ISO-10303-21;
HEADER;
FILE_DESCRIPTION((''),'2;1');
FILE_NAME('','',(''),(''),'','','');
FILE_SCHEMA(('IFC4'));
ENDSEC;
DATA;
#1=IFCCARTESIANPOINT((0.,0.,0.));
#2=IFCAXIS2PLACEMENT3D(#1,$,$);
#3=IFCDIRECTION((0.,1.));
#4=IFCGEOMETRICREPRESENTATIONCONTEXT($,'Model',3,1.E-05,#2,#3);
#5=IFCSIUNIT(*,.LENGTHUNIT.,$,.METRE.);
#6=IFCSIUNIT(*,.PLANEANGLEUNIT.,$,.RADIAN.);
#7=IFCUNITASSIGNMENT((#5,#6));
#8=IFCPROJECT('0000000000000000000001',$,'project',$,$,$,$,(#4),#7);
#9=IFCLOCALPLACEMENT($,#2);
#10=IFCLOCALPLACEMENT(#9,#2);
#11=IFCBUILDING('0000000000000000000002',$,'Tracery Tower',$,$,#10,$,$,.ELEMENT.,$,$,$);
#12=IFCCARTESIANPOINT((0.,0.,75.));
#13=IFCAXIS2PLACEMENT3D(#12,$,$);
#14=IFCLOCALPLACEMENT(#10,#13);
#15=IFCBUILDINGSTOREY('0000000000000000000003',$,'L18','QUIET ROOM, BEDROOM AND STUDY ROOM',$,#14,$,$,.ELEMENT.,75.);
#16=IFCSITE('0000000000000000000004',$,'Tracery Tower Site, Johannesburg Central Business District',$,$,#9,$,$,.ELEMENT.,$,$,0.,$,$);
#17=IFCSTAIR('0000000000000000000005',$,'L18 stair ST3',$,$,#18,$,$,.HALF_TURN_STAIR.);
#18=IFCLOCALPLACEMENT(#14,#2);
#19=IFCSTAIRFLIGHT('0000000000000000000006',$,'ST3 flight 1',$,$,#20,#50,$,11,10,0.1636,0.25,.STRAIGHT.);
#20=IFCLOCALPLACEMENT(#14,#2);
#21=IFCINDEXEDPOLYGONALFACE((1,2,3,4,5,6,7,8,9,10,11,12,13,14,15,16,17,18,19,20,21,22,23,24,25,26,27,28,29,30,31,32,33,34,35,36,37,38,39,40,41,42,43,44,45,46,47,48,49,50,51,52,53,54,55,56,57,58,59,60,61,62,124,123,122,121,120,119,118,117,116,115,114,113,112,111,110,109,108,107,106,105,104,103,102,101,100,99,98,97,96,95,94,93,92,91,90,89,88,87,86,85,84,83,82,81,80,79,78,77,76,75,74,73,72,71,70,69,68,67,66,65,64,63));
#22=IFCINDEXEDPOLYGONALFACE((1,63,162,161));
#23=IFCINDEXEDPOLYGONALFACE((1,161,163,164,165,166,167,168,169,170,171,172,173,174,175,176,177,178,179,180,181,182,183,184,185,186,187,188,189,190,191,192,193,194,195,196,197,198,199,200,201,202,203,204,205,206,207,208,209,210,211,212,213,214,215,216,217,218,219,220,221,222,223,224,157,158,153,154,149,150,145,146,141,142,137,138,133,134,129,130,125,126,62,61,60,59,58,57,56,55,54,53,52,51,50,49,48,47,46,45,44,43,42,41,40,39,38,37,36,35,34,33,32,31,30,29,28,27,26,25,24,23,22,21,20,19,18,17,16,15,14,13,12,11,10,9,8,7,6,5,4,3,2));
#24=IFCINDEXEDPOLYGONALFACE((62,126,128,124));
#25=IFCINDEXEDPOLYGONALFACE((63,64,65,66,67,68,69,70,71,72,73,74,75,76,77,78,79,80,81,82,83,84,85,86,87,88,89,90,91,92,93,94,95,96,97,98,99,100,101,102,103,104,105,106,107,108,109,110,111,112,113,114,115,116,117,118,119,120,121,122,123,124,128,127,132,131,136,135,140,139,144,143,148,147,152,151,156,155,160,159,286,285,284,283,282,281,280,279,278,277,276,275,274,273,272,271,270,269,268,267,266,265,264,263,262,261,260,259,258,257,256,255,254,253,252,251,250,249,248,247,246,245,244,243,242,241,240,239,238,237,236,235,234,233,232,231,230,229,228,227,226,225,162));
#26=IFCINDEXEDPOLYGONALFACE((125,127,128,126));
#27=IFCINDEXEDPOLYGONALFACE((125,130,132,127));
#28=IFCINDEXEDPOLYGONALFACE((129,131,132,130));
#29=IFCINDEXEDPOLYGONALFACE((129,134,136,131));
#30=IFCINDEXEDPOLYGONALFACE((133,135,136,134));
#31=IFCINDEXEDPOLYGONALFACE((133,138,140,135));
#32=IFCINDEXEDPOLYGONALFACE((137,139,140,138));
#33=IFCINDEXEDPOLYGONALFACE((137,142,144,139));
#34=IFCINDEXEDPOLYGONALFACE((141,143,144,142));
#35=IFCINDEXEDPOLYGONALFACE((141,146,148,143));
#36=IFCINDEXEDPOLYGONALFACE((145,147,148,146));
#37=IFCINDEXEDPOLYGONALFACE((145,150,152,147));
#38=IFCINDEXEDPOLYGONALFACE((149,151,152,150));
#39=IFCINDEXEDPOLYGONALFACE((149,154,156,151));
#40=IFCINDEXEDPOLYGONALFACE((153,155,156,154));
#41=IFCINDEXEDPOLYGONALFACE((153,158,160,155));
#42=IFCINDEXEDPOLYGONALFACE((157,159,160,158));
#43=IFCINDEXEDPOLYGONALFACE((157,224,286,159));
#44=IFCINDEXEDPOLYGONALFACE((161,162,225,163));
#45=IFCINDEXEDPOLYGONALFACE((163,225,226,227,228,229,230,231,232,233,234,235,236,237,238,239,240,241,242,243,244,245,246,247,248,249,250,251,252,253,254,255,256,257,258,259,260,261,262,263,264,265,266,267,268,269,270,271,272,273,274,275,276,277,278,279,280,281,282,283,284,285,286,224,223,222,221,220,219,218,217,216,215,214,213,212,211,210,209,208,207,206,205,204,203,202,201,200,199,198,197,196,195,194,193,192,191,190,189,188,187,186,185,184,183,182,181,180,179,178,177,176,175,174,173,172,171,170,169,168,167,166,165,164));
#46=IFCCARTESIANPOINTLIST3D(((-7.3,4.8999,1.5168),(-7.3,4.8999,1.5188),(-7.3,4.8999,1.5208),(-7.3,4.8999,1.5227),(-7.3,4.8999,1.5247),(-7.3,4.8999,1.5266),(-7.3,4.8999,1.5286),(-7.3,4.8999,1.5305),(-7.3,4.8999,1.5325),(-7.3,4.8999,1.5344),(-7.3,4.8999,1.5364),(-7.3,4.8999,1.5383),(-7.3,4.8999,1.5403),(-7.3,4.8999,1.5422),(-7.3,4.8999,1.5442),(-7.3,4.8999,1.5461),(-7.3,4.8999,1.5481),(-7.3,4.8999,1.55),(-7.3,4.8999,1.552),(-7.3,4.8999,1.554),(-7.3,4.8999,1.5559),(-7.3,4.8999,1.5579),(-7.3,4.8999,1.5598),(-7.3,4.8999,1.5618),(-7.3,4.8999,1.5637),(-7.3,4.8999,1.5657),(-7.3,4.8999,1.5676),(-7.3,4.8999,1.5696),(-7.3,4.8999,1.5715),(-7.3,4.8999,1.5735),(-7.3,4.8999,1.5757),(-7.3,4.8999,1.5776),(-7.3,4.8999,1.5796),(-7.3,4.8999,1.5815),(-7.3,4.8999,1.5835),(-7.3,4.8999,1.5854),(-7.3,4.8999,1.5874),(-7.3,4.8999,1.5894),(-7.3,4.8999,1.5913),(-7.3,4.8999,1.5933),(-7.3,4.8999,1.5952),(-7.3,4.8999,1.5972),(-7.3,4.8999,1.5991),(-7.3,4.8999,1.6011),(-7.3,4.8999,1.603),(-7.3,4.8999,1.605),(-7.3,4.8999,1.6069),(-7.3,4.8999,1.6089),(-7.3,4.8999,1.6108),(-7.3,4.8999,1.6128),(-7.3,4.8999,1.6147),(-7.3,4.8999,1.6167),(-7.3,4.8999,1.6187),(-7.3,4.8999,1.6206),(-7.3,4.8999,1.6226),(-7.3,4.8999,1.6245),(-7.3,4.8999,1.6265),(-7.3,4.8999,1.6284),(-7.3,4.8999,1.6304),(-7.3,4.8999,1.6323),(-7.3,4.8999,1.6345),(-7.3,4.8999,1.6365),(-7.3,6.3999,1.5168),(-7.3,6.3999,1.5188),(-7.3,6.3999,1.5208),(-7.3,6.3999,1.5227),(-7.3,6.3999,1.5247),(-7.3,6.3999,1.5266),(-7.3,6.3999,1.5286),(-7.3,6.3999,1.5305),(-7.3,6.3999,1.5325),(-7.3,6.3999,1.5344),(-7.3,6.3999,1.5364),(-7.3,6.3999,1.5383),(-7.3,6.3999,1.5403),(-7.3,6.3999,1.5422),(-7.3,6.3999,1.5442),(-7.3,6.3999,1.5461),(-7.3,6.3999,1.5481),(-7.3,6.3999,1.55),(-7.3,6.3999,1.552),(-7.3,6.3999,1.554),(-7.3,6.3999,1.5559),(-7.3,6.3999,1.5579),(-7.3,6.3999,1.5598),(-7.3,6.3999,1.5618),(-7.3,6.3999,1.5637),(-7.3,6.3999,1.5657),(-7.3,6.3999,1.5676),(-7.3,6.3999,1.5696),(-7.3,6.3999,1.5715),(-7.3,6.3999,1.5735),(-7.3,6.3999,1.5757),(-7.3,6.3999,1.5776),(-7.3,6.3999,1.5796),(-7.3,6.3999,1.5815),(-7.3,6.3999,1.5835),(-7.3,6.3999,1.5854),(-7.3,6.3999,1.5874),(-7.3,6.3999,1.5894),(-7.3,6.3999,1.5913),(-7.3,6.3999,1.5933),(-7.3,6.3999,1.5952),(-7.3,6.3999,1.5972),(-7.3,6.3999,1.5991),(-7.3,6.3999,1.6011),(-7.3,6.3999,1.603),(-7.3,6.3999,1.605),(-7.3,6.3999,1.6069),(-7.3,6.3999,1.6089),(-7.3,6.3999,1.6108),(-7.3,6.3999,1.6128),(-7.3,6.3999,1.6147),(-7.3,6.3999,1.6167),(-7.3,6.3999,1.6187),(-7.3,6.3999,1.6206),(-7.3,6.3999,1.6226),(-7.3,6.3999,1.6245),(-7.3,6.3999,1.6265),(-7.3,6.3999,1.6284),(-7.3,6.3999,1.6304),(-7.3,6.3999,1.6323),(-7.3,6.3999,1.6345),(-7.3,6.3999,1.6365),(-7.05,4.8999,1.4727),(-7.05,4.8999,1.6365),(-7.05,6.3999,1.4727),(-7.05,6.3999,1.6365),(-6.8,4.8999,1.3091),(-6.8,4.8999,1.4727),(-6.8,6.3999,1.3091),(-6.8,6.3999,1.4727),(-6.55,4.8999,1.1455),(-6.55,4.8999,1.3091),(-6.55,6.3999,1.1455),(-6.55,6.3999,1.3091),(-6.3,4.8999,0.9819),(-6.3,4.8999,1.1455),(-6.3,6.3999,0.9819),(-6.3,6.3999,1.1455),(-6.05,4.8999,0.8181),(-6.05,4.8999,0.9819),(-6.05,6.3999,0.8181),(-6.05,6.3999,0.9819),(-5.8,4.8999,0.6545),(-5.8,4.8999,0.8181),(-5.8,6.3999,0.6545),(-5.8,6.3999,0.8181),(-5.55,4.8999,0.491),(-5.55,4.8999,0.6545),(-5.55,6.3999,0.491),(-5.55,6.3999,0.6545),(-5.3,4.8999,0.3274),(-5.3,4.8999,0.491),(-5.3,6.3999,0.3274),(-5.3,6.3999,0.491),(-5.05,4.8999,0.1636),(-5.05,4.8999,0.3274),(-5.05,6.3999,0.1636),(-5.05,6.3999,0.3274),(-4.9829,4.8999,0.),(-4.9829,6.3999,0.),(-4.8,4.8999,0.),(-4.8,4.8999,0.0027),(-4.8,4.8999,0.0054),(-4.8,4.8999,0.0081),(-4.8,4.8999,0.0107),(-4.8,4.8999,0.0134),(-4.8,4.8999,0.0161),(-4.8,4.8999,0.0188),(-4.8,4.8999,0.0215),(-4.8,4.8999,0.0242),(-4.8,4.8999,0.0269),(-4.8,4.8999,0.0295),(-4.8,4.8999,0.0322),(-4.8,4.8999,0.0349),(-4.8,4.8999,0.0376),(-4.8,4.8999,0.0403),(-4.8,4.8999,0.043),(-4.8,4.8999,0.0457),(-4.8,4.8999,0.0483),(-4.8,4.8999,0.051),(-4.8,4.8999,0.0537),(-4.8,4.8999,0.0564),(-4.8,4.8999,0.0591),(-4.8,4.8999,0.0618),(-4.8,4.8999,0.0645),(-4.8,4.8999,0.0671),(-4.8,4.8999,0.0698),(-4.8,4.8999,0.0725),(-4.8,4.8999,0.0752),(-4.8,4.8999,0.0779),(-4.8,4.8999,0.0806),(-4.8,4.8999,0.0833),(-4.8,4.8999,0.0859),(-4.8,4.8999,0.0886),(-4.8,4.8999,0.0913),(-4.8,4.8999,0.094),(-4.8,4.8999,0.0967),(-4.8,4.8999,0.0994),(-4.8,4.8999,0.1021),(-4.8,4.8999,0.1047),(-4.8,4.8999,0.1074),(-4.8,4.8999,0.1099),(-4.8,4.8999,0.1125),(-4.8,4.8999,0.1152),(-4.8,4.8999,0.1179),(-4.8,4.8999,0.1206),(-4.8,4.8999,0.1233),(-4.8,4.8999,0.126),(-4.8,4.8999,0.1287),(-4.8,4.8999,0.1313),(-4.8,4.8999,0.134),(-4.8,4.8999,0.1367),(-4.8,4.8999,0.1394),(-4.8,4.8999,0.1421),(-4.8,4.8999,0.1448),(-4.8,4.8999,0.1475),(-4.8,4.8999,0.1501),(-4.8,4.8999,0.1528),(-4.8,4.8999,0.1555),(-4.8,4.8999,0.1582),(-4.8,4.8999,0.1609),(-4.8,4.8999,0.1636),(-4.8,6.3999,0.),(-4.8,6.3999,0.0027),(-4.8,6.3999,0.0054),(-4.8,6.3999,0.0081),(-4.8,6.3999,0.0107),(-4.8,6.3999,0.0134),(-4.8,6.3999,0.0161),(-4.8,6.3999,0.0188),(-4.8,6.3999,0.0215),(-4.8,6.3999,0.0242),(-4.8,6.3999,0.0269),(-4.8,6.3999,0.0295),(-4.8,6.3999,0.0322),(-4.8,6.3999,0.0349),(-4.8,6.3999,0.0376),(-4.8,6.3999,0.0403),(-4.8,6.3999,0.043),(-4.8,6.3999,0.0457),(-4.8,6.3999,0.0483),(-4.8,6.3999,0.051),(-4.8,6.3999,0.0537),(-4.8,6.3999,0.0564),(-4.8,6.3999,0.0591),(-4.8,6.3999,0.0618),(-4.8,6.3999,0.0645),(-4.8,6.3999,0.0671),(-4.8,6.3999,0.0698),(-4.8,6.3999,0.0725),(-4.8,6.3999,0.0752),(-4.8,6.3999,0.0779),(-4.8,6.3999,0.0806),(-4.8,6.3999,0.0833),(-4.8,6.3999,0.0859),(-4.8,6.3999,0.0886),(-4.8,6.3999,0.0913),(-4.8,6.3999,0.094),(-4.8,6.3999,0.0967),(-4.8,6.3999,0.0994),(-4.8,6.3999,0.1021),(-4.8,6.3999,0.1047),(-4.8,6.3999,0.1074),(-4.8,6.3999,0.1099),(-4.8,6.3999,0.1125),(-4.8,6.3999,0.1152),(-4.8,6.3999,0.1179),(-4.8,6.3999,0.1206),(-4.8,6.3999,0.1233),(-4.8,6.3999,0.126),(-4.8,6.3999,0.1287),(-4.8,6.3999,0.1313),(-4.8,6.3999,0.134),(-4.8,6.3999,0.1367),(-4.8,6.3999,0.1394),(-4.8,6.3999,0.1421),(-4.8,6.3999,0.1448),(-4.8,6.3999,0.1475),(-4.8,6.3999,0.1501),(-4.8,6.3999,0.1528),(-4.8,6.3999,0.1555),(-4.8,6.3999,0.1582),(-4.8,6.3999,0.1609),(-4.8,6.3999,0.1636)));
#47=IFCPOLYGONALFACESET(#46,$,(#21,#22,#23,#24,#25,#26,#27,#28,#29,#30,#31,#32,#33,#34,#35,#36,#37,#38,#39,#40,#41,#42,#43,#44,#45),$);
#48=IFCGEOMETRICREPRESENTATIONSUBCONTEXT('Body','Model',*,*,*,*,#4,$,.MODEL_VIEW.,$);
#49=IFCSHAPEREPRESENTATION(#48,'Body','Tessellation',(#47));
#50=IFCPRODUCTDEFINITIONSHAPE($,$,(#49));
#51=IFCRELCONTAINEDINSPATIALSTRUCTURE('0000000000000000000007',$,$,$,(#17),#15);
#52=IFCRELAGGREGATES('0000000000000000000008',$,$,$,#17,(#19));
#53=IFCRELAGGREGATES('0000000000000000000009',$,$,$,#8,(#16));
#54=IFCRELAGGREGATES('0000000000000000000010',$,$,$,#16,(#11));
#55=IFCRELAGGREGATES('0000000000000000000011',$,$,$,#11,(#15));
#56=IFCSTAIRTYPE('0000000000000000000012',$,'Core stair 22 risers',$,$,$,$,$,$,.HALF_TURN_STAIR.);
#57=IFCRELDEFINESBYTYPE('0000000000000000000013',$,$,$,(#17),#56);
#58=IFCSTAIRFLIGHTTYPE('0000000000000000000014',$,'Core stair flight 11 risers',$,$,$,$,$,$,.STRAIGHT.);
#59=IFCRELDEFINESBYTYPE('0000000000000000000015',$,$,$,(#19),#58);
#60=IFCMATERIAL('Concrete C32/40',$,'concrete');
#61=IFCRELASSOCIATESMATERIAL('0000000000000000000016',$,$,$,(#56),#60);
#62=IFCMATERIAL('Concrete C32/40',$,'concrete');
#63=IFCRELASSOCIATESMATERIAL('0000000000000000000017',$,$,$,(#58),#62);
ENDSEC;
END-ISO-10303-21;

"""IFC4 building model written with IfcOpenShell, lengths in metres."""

from ifc_helpers import new_model, si_unit, direction, frame, origin, place, context, subcontext, project, spatial, polyline, outline, extrude, material, type_object, element, aggregate, save


model = new_model("IFC4")

# Units and contexts
model_context = context("Model", 3, precision=1e-05, world=origin(), true_north=direction((0.0, 1.0)))
body_context = subcontext(model_context, "Body", "Model", "MODEL_VIEW")
ifc_project = project(units=[si_unit("LENGTHUNIT", "METRE"), si_unit("PLANEANGLEUNIT", "RADIAN")], contexts=[model_context])

# Site, building, storey
site_placement = place(None, origin())
site = spatial("IfcSite", under=ifc_project, at=site_placement, Name="Tracery Tower Site, Johannesburg Central Business District", CompositionType="ELEMENT", RefElevation=0.0)
building_placement = place(site_placement, origin())
building = spatial("IfcBuilding", under=site, at=building_placement, Name="Tracery Tower", CompositionType="ELEMENT")
storey_placement = place(building_placement, frame((0.0, 0.0, 75.0)))
storey = spatial("IfcBuildingStorey", under=building, at=storey_placement, Name="L18", Description="QUIET ROOM, BEDROOM AND STUDY ROOM", CompositionType="ELEMENT", Elevation=75.0)

# Stair
ifc_material_1 = material(Name="Concrete C32/40", Category="concrete")
stair_type = type_object("IfcStairType", Name="Core stair 22 risers", PredefinedType="HALF_TURN_STAIR", material=ifc_material_1)
stair_1_placement = place(storey_placement, origin())
stair_1 = element("IfcStair", 1, at=stair_1_placement, inside=storey, type_object=stair_type, Name="L18 stair ST3", PredefinedType="HALF_TURN_STAIR")

# Stair flight
ifc_material_2 = material(Name="Concrete C32/40", Category="concrete")
stair_flight_type = type_object("IfcStairFlightType", Name="Core stair flight 11 risers", PredefinedType="STRAIGHT", material=ifc_material_2)
stair_flight_1_placement = place(storey_placement, frame((-4.8, 5.6499, 0.0), z_axis=(0.0, 0.0, 1.0), x_axis=(-1.0, 0.0, 0.0)))
stair_flight_1 = element("IfcStairFlight", 2, at=stair_flight_1_placement, type_object=stair_flight_type, Name="ST3 flight 1", NumberOfRisers=11, NumberOfTreads=10, PredefinedType="STRAIGHT", RiserHeight=0.1636, TreadLength=0.25, context=body_context, shape_type="SweptSolid", body=[
    extrude(outline(polyline([(0.0, 0.0), (0.0, 0.0027), (0.0, 0.0054), (0.0, 0.0081), (0.0, 0.0107), (0.0, 0.0134), (0.0, 0.0161), (0.0, 0.0188), (0.0, 0.0215), (0.0, 0.0242), (0.0, 0.0269), (0.0, 0.0295), (0.0, 0.0322), (0.0, 0.0349), (0.0, 0.0376), (0.0, 0.0403), (0.0, 0.043), (0.0, 0.0457), (0.0, 0.0483), (0.0, 0.051), (0.0, 0.0537), (0.0, 0.0564), (0.0, 0.0591), (0.0, 0.0618), (0.0, 0.0645), (0.0, 0.0671), (0.0, 0.0698), (0.0, 0.0725), (0.0, 0.0752), (0.0, 0.0779), (0.0, 0.0806), (0.0, 0.0833), (0.0, 0.0859), (0.0, 0.0886), (0.0, 0.0913), (0.0, 0.094), (0.0, 0.0967), (0.0, 0.0994), (0.0, 0.1021), (0.0, 0.1047), (0.0, 0.1074), (0.0, 0.1099), (0.0, 0.1125), (0.0, 0.1152), (0.0, 0.1179), (0.0, 0.1206), (0.0, 0.1233), (0.0, 0.126), (0.0, 0.1287), (0.0, 0.1313), (0.0, 0.134), (0.0, 0.1367), (0.0, 0.1394), (0.0, 0.1421), (0.0, 0.1448), (0.0, 0.1475), (0.0, 0.1501), (0.0, 0.1528), (0.0, 0.1555), (0.0, 0.1582), (0.0, 0.1609), (0.0, 0.1636), (0.25, 0.1636), (0.25, 0.3274), (0.5, 0.3274), (0.5, 0.491), (0.75, 0.491), (0.75, 0.6545), (1.0, 0.6545), (1.0, 0.8181), (1.25, 0.8181), (1.25, 0.9819), (1.5, 0.9819), (1.5, 1.1455), (1.75, 1.1455), (1.75, 1.3091), (2.0, 1.3091), (2.0, 1.4727), (2.25, 1.4727), (2.25, 1.6365), (2.5, 1.6365), (2.5, 1.6345), (2.5, 1.6323), (2.5, 1.6304), (2.5, 1.6284), (2.5, 1.6265), (2.5, 1.6245), (2.5, 1.6226), (2.5, 1.6206), (2.5, 1.6187), (2.5, 1.6167), (2.5, 1.6147), (2.5, 1.6128), (2.5, 1.6108), (2.5, 1.6089), (2.5, 1.6069), (2.5, 1.605), (2.5, 1.603), (2.5, 1.6011), (2.5, 1.5991), (2.5, 1.5972), (2.5, 1.5952), (2.5, 1.5933), (2.5, 1.5913), (2.5, 1.5894), (2.5, 1.5874), (2.5, 1.5854), (2.5, 1.5835), (2.5, 1.5815), (2.5, 1.5796), (2.5, 1.5776), (2.5, 1.5757), (2.5, 1.5735), (2.5, 1.5715), (2.5, 1.5696), (2.5, 1.5676), (2.5, 1.5657), (2.5, 1.5637), (2.5, 1.5618), (2.5, 1.5598), (2.5, 1.5579), (2.5, 1.5559), (2.5, 1.554), (2.5, 1.552), (2.5, 1.55), (2.5, 1.5481), (2.5, 1.5461), (2.5, 1.5442), (2.5, 1.5422), (2.5, 1.5403), (2.5, 1.5383), (2.5, 1.5364), (2.5, 1.5344), (2.5, 1.5325), (2.5, 1.5305), (2.5, 1.5286), (2.5, 1.5266), (2.5, 1.5247), (2.5, 1.5227), (2.5, 1.5208), (2.5, 1.5188), (2.5, 1.5168), (0.1829, 0.0), (0.0, 0.0)])), frame((0.0, 0.75, 0.0), z_axis=(0.0, -1.0, 0.0), x_axis=(1.0, 0.0, 0.0)), (0.0, 0.0, 1.0), 1.5),
])
aggregate(stair_1, [stair_flight_1])

save(model, "model.ifc")
